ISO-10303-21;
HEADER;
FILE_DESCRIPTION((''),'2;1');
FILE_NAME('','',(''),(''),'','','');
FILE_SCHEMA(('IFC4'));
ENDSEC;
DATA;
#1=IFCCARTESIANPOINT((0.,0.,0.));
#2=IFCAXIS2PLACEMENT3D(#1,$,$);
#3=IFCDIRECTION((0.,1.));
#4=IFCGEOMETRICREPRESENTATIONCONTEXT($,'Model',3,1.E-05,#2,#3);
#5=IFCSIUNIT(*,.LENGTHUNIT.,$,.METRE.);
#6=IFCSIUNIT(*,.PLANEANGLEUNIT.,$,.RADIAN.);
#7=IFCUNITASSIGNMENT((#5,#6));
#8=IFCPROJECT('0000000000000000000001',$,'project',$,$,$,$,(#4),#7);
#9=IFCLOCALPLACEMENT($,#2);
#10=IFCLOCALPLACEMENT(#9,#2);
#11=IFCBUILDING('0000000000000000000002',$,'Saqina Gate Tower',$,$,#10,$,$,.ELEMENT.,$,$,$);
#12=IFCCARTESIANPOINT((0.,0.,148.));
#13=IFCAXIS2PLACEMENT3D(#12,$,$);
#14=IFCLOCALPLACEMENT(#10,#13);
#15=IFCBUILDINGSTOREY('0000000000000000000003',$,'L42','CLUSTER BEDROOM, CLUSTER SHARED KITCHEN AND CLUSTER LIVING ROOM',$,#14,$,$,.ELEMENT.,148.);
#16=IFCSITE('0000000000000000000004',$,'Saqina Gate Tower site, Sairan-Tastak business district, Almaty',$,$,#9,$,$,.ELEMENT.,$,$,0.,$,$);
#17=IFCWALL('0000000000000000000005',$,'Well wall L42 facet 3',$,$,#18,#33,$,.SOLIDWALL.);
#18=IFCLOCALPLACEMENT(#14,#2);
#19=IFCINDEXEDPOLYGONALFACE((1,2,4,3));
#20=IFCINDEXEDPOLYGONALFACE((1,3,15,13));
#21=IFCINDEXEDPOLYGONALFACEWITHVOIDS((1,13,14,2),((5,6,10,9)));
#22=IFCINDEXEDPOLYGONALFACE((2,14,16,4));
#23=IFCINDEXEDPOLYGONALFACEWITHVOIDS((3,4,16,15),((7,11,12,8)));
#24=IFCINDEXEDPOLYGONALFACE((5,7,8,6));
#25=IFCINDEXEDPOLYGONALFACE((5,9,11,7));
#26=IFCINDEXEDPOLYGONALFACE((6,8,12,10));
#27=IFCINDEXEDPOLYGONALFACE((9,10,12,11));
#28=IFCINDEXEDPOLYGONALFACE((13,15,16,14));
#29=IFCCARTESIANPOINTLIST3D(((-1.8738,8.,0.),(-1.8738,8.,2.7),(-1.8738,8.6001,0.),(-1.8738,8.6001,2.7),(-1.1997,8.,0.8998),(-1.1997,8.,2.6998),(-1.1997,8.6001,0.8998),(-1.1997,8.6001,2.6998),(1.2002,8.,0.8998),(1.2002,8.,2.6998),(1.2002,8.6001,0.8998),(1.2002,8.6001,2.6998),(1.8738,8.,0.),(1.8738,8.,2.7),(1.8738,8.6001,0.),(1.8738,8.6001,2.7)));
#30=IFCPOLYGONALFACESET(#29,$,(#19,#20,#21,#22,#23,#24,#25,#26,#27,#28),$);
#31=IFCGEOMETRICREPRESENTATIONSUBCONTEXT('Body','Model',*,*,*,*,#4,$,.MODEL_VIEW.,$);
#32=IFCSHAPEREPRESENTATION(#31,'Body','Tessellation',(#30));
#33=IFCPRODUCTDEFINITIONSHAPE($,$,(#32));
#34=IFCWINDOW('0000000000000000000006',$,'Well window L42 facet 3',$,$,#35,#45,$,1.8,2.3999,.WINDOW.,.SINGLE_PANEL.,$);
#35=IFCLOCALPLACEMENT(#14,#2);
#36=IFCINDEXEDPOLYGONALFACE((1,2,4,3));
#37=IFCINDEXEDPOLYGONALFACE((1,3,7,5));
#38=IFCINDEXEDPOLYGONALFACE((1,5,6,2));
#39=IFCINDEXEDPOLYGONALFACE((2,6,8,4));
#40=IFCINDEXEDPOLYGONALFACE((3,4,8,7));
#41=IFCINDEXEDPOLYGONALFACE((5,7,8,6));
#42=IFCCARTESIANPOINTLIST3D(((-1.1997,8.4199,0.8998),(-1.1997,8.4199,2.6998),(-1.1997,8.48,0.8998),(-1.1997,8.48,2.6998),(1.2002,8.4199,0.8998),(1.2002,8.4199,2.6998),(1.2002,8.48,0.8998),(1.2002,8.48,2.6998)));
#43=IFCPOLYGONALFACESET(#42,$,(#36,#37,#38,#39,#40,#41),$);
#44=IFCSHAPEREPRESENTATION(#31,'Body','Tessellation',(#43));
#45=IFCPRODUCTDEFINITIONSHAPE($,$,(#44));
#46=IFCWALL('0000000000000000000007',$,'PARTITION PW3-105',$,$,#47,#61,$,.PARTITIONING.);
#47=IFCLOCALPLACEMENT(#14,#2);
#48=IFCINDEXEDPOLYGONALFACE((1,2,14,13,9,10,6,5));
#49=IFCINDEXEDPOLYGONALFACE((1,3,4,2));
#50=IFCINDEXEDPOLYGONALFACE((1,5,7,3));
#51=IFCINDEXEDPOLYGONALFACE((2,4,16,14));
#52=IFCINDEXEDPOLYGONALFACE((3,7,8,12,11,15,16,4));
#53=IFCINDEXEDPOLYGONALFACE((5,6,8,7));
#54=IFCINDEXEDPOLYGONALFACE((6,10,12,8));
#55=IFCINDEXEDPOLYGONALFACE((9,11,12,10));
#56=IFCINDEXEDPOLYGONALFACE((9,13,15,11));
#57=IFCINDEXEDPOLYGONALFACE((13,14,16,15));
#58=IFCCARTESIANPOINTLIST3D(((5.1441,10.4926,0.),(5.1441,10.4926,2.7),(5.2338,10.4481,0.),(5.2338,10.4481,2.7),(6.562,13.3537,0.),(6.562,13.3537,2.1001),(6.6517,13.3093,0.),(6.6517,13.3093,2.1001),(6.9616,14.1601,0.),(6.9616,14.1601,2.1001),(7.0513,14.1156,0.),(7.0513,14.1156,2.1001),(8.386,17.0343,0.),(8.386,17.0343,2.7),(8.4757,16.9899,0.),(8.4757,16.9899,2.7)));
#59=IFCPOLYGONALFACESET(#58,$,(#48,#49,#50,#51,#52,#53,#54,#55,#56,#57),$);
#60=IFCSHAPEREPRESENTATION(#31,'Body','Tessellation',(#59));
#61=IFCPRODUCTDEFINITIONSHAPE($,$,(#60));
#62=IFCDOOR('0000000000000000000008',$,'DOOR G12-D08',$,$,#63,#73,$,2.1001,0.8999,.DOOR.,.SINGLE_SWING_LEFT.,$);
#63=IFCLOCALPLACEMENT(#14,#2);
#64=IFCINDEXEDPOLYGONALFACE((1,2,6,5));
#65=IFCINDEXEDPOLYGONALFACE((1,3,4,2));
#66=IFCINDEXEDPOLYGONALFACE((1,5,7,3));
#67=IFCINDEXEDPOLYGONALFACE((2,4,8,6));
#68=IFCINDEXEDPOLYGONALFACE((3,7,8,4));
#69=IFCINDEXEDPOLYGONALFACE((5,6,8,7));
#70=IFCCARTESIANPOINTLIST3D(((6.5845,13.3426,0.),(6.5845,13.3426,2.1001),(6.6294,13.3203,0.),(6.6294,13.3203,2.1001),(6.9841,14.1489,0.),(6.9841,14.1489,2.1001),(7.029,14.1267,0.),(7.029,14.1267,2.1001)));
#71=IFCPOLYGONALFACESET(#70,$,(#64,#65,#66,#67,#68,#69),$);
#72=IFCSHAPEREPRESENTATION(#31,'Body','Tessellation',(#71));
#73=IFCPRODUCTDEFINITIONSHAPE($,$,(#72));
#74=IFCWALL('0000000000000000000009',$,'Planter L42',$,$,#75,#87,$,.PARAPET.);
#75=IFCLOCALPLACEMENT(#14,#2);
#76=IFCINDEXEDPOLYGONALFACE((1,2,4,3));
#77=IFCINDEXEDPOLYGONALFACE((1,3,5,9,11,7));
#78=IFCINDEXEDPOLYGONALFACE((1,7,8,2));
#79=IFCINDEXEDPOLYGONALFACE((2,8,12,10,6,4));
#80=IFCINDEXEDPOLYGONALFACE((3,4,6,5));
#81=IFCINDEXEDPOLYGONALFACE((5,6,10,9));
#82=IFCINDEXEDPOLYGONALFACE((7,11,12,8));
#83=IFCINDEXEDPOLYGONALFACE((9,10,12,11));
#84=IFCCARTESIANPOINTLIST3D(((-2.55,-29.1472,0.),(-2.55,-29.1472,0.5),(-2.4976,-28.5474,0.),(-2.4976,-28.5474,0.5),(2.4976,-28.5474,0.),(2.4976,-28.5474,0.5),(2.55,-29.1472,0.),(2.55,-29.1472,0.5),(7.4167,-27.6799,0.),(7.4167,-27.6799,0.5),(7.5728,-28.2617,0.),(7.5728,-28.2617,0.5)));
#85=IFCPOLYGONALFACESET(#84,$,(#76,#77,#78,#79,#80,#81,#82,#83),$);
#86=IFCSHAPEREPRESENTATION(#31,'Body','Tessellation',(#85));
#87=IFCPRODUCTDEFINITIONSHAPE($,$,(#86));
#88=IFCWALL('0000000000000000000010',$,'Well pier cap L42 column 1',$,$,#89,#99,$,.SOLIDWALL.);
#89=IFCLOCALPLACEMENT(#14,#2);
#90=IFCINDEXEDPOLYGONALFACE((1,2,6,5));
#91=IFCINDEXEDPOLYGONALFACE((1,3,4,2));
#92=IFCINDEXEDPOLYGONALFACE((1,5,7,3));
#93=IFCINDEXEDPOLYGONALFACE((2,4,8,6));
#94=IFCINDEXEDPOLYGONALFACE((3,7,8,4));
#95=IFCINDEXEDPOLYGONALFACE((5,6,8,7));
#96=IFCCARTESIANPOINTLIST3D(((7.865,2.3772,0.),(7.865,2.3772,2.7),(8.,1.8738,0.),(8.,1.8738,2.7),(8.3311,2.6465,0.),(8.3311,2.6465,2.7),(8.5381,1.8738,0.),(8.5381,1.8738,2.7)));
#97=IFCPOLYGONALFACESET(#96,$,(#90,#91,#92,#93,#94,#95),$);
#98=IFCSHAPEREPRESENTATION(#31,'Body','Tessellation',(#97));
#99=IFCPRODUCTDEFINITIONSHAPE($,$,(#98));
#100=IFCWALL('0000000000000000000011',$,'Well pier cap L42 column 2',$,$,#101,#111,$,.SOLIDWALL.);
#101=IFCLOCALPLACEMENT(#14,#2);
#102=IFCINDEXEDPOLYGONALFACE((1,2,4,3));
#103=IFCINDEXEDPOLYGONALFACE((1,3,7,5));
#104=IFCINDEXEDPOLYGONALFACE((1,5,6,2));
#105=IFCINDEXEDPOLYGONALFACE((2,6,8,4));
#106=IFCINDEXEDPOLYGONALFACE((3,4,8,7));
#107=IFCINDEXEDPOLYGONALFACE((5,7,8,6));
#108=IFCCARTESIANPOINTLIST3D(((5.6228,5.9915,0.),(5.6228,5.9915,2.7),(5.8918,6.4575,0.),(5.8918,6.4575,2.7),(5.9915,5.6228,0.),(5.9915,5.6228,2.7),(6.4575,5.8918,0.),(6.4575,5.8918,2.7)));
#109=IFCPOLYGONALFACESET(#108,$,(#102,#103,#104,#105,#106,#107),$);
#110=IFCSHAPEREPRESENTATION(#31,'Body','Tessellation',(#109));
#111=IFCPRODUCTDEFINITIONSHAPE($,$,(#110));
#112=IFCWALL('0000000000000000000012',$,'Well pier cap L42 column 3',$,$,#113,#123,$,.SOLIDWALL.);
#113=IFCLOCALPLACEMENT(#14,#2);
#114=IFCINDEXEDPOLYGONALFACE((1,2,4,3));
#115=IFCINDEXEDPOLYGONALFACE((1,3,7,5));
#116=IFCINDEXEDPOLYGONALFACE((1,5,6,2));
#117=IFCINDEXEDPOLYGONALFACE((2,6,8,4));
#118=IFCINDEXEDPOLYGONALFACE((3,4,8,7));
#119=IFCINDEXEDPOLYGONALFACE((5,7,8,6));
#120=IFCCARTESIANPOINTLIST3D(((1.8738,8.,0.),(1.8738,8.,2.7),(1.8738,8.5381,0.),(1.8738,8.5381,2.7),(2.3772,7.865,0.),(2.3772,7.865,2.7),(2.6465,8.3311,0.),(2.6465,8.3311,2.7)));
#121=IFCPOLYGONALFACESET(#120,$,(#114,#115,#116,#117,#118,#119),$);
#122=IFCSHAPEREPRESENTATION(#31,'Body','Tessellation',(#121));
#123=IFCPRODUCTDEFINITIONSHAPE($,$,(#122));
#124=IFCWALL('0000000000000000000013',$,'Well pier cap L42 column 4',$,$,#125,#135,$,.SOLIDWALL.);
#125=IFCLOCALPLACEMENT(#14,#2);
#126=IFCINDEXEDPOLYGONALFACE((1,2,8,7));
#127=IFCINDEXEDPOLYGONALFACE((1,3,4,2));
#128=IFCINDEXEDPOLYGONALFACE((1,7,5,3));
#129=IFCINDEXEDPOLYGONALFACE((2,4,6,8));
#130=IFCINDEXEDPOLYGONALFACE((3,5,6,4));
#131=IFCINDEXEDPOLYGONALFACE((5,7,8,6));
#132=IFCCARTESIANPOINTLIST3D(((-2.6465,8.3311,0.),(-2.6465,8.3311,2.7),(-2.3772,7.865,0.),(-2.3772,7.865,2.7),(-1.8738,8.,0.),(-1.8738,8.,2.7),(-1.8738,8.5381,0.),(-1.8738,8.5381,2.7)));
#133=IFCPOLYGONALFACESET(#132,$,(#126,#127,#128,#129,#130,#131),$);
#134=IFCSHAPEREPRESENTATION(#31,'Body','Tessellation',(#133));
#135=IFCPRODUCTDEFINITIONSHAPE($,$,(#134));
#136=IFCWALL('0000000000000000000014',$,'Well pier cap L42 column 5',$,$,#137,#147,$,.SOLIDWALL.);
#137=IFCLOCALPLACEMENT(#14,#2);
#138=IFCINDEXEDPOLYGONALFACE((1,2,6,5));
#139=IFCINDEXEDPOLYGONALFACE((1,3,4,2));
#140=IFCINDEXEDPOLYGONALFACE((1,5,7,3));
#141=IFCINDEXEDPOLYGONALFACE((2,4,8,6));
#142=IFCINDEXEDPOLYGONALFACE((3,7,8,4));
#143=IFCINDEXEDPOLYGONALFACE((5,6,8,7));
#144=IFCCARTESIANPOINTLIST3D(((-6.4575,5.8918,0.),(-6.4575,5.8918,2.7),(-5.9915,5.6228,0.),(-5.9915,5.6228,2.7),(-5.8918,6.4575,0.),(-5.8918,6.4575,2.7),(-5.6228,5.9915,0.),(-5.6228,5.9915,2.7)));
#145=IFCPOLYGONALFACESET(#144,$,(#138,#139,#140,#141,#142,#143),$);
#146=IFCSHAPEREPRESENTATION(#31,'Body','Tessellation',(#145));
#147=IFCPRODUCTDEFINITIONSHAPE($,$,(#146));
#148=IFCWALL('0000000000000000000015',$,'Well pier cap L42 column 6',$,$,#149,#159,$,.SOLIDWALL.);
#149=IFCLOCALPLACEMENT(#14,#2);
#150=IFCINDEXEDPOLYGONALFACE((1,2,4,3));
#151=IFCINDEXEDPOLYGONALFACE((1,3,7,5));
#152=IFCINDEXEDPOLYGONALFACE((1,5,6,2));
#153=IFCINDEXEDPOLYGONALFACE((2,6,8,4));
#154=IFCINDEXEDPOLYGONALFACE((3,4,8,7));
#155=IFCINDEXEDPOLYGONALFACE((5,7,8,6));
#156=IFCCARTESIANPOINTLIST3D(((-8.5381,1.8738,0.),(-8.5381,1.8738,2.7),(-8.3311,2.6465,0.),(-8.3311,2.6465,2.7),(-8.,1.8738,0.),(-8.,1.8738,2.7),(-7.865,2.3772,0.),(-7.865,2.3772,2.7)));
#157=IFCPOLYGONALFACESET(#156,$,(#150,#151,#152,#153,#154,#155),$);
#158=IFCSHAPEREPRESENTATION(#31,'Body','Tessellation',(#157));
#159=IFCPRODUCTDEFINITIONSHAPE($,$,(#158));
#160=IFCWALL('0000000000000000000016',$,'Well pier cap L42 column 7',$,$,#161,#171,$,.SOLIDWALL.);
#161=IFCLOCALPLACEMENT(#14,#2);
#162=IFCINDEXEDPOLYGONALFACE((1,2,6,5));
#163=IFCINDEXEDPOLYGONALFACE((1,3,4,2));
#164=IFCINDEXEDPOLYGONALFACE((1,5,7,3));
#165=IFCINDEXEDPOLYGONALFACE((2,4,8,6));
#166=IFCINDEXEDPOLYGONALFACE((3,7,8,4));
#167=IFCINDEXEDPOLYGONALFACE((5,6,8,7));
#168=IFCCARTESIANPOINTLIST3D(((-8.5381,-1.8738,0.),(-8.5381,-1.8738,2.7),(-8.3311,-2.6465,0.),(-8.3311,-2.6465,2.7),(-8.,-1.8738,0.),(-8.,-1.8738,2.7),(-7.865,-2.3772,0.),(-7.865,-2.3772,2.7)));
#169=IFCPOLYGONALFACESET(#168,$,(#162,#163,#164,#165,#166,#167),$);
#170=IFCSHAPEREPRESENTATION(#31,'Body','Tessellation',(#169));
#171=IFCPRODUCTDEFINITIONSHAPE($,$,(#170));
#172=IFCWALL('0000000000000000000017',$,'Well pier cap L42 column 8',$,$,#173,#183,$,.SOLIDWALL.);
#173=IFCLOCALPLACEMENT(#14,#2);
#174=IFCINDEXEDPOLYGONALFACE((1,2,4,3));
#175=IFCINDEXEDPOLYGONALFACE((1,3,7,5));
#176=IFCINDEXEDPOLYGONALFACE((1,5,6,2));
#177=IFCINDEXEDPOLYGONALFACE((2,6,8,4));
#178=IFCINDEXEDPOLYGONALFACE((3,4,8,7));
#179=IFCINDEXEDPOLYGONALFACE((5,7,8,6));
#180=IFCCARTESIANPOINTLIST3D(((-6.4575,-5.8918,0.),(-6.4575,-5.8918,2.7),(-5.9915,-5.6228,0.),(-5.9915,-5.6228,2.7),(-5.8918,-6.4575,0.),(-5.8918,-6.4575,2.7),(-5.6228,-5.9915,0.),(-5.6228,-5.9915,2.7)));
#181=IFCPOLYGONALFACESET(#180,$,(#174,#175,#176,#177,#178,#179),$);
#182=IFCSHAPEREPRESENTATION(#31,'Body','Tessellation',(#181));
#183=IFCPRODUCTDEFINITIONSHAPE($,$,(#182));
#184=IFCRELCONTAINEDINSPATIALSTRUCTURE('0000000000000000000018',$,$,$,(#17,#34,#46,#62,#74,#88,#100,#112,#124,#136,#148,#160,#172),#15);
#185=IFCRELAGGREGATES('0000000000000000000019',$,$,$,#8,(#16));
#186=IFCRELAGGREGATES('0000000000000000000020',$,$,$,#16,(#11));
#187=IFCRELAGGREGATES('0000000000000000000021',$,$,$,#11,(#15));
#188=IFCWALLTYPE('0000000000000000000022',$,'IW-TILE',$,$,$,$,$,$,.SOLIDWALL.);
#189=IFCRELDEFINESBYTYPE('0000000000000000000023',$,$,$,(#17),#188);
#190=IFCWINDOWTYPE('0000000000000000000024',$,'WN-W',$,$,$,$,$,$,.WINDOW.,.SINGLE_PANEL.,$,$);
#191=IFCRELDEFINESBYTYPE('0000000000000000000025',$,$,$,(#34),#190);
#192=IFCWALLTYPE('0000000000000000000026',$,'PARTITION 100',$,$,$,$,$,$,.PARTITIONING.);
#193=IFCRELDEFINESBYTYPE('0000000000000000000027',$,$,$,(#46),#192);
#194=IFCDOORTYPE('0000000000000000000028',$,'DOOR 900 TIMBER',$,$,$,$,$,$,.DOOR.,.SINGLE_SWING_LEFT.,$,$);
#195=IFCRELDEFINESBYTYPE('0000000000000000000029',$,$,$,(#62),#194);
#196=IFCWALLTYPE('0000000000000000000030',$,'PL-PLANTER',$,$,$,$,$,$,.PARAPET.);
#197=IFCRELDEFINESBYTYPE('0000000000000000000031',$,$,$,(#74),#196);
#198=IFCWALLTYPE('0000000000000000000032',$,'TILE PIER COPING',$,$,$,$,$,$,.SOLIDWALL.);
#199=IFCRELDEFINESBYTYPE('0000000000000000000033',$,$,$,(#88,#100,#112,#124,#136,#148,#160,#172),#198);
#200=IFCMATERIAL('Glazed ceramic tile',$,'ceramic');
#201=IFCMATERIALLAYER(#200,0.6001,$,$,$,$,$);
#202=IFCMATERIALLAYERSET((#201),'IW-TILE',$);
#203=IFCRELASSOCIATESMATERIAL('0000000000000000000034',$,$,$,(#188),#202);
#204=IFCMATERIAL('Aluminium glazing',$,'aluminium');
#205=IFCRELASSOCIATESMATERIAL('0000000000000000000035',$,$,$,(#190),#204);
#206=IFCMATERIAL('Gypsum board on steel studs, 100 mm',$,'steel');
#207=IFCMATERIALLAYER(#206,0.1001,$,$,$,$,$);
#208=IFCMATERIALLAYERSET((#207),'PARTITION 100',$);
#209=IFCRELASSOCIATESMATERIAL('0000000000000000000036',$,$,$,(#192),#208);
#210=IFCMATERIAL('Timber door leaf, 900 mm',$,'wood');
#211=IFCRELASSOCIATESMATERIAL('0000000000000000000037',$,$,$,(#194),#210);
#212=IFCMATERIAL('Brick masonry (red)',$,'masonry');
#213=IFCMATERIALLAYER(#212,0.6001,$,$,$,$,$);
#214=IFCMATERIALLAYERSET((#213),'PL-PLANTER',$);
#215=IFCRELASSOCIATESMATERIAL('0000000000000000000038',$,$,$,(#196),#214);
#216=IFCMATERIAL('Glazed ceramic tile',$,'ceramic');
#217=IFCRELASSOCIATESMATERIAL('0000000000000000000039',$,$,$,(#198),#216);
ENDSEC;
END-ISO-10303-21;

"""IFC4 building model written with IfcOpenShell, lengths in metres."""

from ifc_helpers import new_model, si_unit, direction, frame, frame_2d, origin, place, context, subcontext, project, spatial, polyline, rectangle, outline, extrude, material, layer, layer_set, type_object, element, fill, save


model = new_model("IFC4")

# Units and contexts
model_context = context("Model", 3, precision=1e-05, world=origin(), true_north=direction((0.0, 1.0)))
body_context = subcontext(model_context, "Body", "Model", "MODEL_VIEW")
ifc_project = project(units=[si_unit("LENGTHUNIT", "METRE"), si_unit("PLANEANGLEUNIT", "RADIAN")], contexts=[model_context])

# Site, building, storey
site_placement = place(None, origin())
site = spatial("IfcSite", under=ifc_project, at=site_placement, Name="Saqina Gate Tower site, Sairan-Tastak business district, Almaty", CompositionType="ELEMENT", RefElevation=0.0)
building_placement = place(site_placement, origin())
building = spatial("IfcBuilding", under=site, at=building_placement, Name="Saqina Gate Tower", CompositionType="ELEMENT")
storey_placement = place(building_placement, frame((0.0, 0.0, 148.0)))
storey = spatial("IfcBuildingStorey", under=building, at=storey_placement, Name="L42", Description="CLUSTER BEDROOM, CLUSTER SHARED KITCHEN AND CLUSTER LIVING ROOM", CompositionType="ELEMENT", Elevation=148.0)

# Wall, opening, window
ifc_material_1 = material(Name="Glazed ceramic tile", Category="ceramic")
ifc_layer_1 = layer(ifc_material_1, 0.6001)
ifc_layer_set_1 = layer_set([ifc_layer_1], Name="IW-TILE")
wall_type_1 = type_object("IfcWallType", Name="IW-TILE", PredefinedType="SOLIDWALL", material=ifc_layer_set_1)
wall_1_placement = place(storey_placement, frame((1.8738, 8.3, 0.0), z_axis=(0.0, 0.0, 1.0), x_axis=(-1.0, 0.0, 0.0)))
wall_1 = element("IfcWall", 1, at=wall_1_placement, inside=storey, type_object=wall_type_1, Name="Well wall L42 facet 3", PredefinedType="SOLIDWALL", context=body_context, shape_type="SweptSolid", body=[
    extrude(rectangle(XDim=3.7476, YDim=0.6001, at=frame_2d((1.8738, 0.0))), origin(), (0.0, 0.0, 1.0), 2.7),
])
opening_1_placement = place(wall_1_placement, frame((0.6736, 0.0, 0.8999)))
opening_1 = element("IfcOpeningElement", 2, at=opening_1_placement, cuts=wall_1, PredefinedType="OPENING", context=body_context, shape_type="SweptSolid", body=[
    extrude(rectangle(XDim=2.3999, YDim=1.8, at=frame_2d((1.2, 0.8999))), frame((0.0, 0.312, 0.0), z_axis=(0.0, -1.0, 0.0), x_axis=(1.0, 0.0, 0.0)), (0.0, 0.0, 1.0), 0.624),
])
ifc_material_2 = material(Name="Aluminium glazing", Category="aluminium")
window_type = type_object("IfcWindowType", Name="WN-W", PartitioningType="SINGLE_PANEL", PredefinedType="WINDOW", material=ifc_material_2)
window_placement = place(opening_1_placement, origin())
window = element("IfcWindow", 3, at=window_placement, inside=storey, type_object=window_type, Name="Well window L42 facet 3", OverallHeight=1.8, OverallWidth=2.3999, PartitioningType="SINGLE_PANEL", PredefinedType="WINDOW", context=body_context, shape_type="SweptSolid", body=[
    extrude(rectangle(XDim=2.3999, YDim=1.8, at=frame_2d((1.2, 0.8999))), frame((0.0, -0.1199, 0.0), z_axis=(0.0, -1.0, 0.0), x_axis=(1.0, 0.0, 0.0)), (0.0, 0.0, 1.0), 0.0601),
])
fill(opening_1, window)

# Wall, opening, door
ifc_material_3 = material(Name="Gypsum board on steel studs, 100 mm", Category="steel")
ifc_layer_2 = layer(ifc_material_3, 0.1001)
ifc_layer_set_2 = layer_set([ifc_layer_2], Name="PARTITION 100")
wall_type_2 = type_object("IfcWallType", Name="PARTITION 100", PredefinedType="PARTITIONING", material=ifc_layer_set_2)
wall_2_placement = place(storey_placement, frame((5.189, 10.4705, 0.0), z_axis=(0.0, 0.0, 1.0), x_axis=(0.444041, 0.896007, 0.0)))
wall_2 = element("IfcWall", 4, at=wall_2_placement, inside=storey, type_object=wall_type_2, Name="PARTITION PW3-105", PredefinedType="PARTITIONING", context=body_context, shape_type="SweptSolid", body=[
    extrude(rectangle(XDim=7.301, YDim=0.1001, at=frame_2d((3.6504, 0.0))), origin(), (0.0, 0.0, 1.0), 2.7),
])
opening_2_placement = place(wall_2_placement, frame((3.1931, 0.0, 0.0)))
opening_2 = element("IfcOpeningElement", 5, at=opening_2_placement, cuts=wall_2, PredefinedType="OPENING", context=body_context, shape_type="SweptSolid", body=[
    extrude(rectangle(XDim=0.8999, YDim=2.1001, at=frame_2d((0.45, 1.05))), frame((0.0, 0.062, 0.0), z_axis=(0.0, -1.0, 0.0), x_axis=(1.0, 0.0, 0.0)), (0.0, 0.0, 1.0), 0.124),
])
ifc_material_4 = material(Name="Timber door leaf, 900 mm", Category="wood")
door_type = type_object("IfcDoorType", Name="DOOR 900 TIMBER", OperationType="SINGLE_SWING_LEFT", PredefinedType="DOOR", material=ifc_material_4)
door_placement = place(opening_2_placement, origin())
door = element("IfcDoor", 6, at=door_placement, inside=storey, type_object=door_type, Name="DOOR G12-D08", OperationType="SINGLE_SWING_LEFT", OverallHeight=2.1001, OverallWidth=0.8999, PredefinedType="DOOR", context=body_context, shape_type="SweptSolid", body=[
    extrude(rectangle(XDim=0.8999, YDim=2.1001, at=frame_2d((0.45, 1.05))), frame((0.0, 0.0249, 0.0), z_axis=(0.0, -1.0, 0.0), x_axis=(1.0, 0.0, 0.0)), (0.0, 0.0, 1.0), 0.05),
])
fill(opening_2, door)

# Walls
ifc_material_5 = material(Name="Brick masonry (red)", Category="masonry")
ifc_layer_3 = layer(ifc_material_5, 0.6001)
ifc_layer_set_3 = layer_set([ifc_layer_3], Name="PL-PLANTER")
wall_type_3 = type_object("IfcWallType", Name="PL-PLANTER", PredefinedType="PARAPET", material=ifc_layer_set_3)
wall_3_placement = place(storey_placement, origin())
element("IfcWall", 7, at=wall_3_placement, inside=storey, type_object=wall_type_3, Name="Planter L42", PredefinedType="PARAPET", context=body_context, shape_type="SweptSolid", body=[
    extrude(outline(polyline([(-2.55, -29.1472), (2.55, -29.1472), (7.5728, -28.2617), (7.4167, -27.6799), (2.4976, -28.5474), (-2.4976, -28.5474), (-2.55, -29.1472)])), origin(), (0.0, 0.0, 1.0), 0.5),
])
ifc_material_6 = material(Name="Glazed ceramic tile", Category="ceramic")
wall_type_4 = type_object("IfcWallType", Name="TILE PIER COPING", PredefinedType="SOLIDWALL", material=ifc_material_6)
wall_4_placement = place(storey_placement, origin())
element("IfcWall", 8, at=wall_4_placement, inside=storey, type_object=wall_type_4, Name="Well pier cap L42 column 1", PredefinedType="SOLIDWALL", context=body_context, shape_type="SweptSolid", body=[
    extrude(outline(polyline([(8.3311, 2.6465), (7.865, 2.3772), (8.0, 1.8738), (8.5381, 1.8738), (8.3311, 2.6465)])), origin(), (0.0, 0.0, 1.0), 2.7),
])
wall_5_placement = place(storey_placement, origin())
element("IfcWall", 9, at=wall_5_placement, inside=storey, type_object=wall_type_4, Name="Well pier cap L42 column 2", PredefinedType="SOLIDWALL", context=body_context, shape_type="SweptSolid", body=[
    extrude(outline(polyline([(5.8918, 6.4575), (5.6228, 5.9915), (5.9915, 5.6228), (6.4575, 5.8918), (5.8918, 6.4575)])), origin(), (0.0, 0.0, 1.0), 2.7),
])
wall_6_placement = place(storey_placement, origin())
element("IfcWall", 10, at=wall_6_placement, inside=storey, type_object=wall_type_4, Name="Well pier cap L42 column 3", PredefinedType="SOLIDWALL", context=body_context, shape_type="SweptSolid", body=[
    extrude(outline(polyline([(1.8738, 8.5381), (1.8738, 8.0), (2.3772, 7.865), (2.6465, 8.3311), (1.8738, 8.5381)])), origin(), (0.0, 0.0, 1.0), 2.7),
])
wall_7_placement = place(storey_placement, origin())
element("IfcWall", 11, at=wall_7_placement, inside=storey, type_object=wall_type_4, Name="Well pier cap L42 column 4", PredefinedType="SOLIDWALL", context=body_context, shape_type="SweptSolid", body=[
    extrude(outline(polyline([(-2.6465, 8.3311), (-2.3772, 7.865), (-1.8738, 8.0), (-1.8738, 8.5381), (-2.6465, 8.3311)])), origin(), (0.0, 0.0, 1.0), 2.7),
])
wall_8_placement = place(storey_placement, origin())
element("IfcWall", 12, at=wall_8_placement, inside=storey, type_object=wall_type_4, Name="Well pier cap L42 column 5", PredefinedType="SOLIDWALL", context=body_context, shape_type="SweptSolid", body=[
    extrude(outline(polyline([(-6.4575, 5.8918), (-5.9915, 5.6228), (-5.6228, 5.9915), (-5.8918, 6.4575), (-6.4575, 5.8918)])), origin(), (0.0, 0.0, 1.0), 2.7),
])
wall_9_placement = place(storey_placement, origin())
element("IfcWall", 13, at=wall_9_placement, inside=storey, type_object=wall_type_4, Name="Well pier cap L42 column 6", PredefinedType="SOLIDWALL", context=body_context, shape_type="SweptSolid", body=[
    extrude(outline(polyline([(-8.5381, 1.8738), (-8.0, 1.8738), (-7.865, 2.3772), (-8.3311, 2.6465), (-8.5381, 1.8738)])), origin(), (0.0, 0.0, 1.0), 2.7),
])
wall_10_placement = place(storey_placement, origin())
element("IfcWall", 14, at=wall_10_placement, inside=storey, type_object=wall_type_4, Name="Well pier cap L42 column 7", PredefinedType="SOLIDWALL", context=body_context, shape_type="SweptSolid", body=[
    extrude(outline(polyline([(-8.3311, -2.6465), (-7.865, -2.3772), (-8.0, -1.8738), (-8.5381, -1.8738), (-8.3311, -2.6465)])), origin(), (0.0, 0.0, 1.0), 2.7),
])
wall_11_placement = place(storey_placement, origin())
element("IfcWall", 15, at=wall_11_placement, inside=storey, type_object=wall_type_4, Name="Well pier cap L42 column 8", PredefinedType="SOLIDWALL", context=body_context, shape_type="SweptSolid", body=[
    extrude(outline(polyline([(-6.4575, -5.8918), (-5.8918, -6.4575), (-5.6228, -5.9915), (-5.9915, -5.6228), (-6.4575, -5.8918)])), origin(), (0.0, 0.0, 1.0), 2.7),
])

save(model, "model.ifc")
